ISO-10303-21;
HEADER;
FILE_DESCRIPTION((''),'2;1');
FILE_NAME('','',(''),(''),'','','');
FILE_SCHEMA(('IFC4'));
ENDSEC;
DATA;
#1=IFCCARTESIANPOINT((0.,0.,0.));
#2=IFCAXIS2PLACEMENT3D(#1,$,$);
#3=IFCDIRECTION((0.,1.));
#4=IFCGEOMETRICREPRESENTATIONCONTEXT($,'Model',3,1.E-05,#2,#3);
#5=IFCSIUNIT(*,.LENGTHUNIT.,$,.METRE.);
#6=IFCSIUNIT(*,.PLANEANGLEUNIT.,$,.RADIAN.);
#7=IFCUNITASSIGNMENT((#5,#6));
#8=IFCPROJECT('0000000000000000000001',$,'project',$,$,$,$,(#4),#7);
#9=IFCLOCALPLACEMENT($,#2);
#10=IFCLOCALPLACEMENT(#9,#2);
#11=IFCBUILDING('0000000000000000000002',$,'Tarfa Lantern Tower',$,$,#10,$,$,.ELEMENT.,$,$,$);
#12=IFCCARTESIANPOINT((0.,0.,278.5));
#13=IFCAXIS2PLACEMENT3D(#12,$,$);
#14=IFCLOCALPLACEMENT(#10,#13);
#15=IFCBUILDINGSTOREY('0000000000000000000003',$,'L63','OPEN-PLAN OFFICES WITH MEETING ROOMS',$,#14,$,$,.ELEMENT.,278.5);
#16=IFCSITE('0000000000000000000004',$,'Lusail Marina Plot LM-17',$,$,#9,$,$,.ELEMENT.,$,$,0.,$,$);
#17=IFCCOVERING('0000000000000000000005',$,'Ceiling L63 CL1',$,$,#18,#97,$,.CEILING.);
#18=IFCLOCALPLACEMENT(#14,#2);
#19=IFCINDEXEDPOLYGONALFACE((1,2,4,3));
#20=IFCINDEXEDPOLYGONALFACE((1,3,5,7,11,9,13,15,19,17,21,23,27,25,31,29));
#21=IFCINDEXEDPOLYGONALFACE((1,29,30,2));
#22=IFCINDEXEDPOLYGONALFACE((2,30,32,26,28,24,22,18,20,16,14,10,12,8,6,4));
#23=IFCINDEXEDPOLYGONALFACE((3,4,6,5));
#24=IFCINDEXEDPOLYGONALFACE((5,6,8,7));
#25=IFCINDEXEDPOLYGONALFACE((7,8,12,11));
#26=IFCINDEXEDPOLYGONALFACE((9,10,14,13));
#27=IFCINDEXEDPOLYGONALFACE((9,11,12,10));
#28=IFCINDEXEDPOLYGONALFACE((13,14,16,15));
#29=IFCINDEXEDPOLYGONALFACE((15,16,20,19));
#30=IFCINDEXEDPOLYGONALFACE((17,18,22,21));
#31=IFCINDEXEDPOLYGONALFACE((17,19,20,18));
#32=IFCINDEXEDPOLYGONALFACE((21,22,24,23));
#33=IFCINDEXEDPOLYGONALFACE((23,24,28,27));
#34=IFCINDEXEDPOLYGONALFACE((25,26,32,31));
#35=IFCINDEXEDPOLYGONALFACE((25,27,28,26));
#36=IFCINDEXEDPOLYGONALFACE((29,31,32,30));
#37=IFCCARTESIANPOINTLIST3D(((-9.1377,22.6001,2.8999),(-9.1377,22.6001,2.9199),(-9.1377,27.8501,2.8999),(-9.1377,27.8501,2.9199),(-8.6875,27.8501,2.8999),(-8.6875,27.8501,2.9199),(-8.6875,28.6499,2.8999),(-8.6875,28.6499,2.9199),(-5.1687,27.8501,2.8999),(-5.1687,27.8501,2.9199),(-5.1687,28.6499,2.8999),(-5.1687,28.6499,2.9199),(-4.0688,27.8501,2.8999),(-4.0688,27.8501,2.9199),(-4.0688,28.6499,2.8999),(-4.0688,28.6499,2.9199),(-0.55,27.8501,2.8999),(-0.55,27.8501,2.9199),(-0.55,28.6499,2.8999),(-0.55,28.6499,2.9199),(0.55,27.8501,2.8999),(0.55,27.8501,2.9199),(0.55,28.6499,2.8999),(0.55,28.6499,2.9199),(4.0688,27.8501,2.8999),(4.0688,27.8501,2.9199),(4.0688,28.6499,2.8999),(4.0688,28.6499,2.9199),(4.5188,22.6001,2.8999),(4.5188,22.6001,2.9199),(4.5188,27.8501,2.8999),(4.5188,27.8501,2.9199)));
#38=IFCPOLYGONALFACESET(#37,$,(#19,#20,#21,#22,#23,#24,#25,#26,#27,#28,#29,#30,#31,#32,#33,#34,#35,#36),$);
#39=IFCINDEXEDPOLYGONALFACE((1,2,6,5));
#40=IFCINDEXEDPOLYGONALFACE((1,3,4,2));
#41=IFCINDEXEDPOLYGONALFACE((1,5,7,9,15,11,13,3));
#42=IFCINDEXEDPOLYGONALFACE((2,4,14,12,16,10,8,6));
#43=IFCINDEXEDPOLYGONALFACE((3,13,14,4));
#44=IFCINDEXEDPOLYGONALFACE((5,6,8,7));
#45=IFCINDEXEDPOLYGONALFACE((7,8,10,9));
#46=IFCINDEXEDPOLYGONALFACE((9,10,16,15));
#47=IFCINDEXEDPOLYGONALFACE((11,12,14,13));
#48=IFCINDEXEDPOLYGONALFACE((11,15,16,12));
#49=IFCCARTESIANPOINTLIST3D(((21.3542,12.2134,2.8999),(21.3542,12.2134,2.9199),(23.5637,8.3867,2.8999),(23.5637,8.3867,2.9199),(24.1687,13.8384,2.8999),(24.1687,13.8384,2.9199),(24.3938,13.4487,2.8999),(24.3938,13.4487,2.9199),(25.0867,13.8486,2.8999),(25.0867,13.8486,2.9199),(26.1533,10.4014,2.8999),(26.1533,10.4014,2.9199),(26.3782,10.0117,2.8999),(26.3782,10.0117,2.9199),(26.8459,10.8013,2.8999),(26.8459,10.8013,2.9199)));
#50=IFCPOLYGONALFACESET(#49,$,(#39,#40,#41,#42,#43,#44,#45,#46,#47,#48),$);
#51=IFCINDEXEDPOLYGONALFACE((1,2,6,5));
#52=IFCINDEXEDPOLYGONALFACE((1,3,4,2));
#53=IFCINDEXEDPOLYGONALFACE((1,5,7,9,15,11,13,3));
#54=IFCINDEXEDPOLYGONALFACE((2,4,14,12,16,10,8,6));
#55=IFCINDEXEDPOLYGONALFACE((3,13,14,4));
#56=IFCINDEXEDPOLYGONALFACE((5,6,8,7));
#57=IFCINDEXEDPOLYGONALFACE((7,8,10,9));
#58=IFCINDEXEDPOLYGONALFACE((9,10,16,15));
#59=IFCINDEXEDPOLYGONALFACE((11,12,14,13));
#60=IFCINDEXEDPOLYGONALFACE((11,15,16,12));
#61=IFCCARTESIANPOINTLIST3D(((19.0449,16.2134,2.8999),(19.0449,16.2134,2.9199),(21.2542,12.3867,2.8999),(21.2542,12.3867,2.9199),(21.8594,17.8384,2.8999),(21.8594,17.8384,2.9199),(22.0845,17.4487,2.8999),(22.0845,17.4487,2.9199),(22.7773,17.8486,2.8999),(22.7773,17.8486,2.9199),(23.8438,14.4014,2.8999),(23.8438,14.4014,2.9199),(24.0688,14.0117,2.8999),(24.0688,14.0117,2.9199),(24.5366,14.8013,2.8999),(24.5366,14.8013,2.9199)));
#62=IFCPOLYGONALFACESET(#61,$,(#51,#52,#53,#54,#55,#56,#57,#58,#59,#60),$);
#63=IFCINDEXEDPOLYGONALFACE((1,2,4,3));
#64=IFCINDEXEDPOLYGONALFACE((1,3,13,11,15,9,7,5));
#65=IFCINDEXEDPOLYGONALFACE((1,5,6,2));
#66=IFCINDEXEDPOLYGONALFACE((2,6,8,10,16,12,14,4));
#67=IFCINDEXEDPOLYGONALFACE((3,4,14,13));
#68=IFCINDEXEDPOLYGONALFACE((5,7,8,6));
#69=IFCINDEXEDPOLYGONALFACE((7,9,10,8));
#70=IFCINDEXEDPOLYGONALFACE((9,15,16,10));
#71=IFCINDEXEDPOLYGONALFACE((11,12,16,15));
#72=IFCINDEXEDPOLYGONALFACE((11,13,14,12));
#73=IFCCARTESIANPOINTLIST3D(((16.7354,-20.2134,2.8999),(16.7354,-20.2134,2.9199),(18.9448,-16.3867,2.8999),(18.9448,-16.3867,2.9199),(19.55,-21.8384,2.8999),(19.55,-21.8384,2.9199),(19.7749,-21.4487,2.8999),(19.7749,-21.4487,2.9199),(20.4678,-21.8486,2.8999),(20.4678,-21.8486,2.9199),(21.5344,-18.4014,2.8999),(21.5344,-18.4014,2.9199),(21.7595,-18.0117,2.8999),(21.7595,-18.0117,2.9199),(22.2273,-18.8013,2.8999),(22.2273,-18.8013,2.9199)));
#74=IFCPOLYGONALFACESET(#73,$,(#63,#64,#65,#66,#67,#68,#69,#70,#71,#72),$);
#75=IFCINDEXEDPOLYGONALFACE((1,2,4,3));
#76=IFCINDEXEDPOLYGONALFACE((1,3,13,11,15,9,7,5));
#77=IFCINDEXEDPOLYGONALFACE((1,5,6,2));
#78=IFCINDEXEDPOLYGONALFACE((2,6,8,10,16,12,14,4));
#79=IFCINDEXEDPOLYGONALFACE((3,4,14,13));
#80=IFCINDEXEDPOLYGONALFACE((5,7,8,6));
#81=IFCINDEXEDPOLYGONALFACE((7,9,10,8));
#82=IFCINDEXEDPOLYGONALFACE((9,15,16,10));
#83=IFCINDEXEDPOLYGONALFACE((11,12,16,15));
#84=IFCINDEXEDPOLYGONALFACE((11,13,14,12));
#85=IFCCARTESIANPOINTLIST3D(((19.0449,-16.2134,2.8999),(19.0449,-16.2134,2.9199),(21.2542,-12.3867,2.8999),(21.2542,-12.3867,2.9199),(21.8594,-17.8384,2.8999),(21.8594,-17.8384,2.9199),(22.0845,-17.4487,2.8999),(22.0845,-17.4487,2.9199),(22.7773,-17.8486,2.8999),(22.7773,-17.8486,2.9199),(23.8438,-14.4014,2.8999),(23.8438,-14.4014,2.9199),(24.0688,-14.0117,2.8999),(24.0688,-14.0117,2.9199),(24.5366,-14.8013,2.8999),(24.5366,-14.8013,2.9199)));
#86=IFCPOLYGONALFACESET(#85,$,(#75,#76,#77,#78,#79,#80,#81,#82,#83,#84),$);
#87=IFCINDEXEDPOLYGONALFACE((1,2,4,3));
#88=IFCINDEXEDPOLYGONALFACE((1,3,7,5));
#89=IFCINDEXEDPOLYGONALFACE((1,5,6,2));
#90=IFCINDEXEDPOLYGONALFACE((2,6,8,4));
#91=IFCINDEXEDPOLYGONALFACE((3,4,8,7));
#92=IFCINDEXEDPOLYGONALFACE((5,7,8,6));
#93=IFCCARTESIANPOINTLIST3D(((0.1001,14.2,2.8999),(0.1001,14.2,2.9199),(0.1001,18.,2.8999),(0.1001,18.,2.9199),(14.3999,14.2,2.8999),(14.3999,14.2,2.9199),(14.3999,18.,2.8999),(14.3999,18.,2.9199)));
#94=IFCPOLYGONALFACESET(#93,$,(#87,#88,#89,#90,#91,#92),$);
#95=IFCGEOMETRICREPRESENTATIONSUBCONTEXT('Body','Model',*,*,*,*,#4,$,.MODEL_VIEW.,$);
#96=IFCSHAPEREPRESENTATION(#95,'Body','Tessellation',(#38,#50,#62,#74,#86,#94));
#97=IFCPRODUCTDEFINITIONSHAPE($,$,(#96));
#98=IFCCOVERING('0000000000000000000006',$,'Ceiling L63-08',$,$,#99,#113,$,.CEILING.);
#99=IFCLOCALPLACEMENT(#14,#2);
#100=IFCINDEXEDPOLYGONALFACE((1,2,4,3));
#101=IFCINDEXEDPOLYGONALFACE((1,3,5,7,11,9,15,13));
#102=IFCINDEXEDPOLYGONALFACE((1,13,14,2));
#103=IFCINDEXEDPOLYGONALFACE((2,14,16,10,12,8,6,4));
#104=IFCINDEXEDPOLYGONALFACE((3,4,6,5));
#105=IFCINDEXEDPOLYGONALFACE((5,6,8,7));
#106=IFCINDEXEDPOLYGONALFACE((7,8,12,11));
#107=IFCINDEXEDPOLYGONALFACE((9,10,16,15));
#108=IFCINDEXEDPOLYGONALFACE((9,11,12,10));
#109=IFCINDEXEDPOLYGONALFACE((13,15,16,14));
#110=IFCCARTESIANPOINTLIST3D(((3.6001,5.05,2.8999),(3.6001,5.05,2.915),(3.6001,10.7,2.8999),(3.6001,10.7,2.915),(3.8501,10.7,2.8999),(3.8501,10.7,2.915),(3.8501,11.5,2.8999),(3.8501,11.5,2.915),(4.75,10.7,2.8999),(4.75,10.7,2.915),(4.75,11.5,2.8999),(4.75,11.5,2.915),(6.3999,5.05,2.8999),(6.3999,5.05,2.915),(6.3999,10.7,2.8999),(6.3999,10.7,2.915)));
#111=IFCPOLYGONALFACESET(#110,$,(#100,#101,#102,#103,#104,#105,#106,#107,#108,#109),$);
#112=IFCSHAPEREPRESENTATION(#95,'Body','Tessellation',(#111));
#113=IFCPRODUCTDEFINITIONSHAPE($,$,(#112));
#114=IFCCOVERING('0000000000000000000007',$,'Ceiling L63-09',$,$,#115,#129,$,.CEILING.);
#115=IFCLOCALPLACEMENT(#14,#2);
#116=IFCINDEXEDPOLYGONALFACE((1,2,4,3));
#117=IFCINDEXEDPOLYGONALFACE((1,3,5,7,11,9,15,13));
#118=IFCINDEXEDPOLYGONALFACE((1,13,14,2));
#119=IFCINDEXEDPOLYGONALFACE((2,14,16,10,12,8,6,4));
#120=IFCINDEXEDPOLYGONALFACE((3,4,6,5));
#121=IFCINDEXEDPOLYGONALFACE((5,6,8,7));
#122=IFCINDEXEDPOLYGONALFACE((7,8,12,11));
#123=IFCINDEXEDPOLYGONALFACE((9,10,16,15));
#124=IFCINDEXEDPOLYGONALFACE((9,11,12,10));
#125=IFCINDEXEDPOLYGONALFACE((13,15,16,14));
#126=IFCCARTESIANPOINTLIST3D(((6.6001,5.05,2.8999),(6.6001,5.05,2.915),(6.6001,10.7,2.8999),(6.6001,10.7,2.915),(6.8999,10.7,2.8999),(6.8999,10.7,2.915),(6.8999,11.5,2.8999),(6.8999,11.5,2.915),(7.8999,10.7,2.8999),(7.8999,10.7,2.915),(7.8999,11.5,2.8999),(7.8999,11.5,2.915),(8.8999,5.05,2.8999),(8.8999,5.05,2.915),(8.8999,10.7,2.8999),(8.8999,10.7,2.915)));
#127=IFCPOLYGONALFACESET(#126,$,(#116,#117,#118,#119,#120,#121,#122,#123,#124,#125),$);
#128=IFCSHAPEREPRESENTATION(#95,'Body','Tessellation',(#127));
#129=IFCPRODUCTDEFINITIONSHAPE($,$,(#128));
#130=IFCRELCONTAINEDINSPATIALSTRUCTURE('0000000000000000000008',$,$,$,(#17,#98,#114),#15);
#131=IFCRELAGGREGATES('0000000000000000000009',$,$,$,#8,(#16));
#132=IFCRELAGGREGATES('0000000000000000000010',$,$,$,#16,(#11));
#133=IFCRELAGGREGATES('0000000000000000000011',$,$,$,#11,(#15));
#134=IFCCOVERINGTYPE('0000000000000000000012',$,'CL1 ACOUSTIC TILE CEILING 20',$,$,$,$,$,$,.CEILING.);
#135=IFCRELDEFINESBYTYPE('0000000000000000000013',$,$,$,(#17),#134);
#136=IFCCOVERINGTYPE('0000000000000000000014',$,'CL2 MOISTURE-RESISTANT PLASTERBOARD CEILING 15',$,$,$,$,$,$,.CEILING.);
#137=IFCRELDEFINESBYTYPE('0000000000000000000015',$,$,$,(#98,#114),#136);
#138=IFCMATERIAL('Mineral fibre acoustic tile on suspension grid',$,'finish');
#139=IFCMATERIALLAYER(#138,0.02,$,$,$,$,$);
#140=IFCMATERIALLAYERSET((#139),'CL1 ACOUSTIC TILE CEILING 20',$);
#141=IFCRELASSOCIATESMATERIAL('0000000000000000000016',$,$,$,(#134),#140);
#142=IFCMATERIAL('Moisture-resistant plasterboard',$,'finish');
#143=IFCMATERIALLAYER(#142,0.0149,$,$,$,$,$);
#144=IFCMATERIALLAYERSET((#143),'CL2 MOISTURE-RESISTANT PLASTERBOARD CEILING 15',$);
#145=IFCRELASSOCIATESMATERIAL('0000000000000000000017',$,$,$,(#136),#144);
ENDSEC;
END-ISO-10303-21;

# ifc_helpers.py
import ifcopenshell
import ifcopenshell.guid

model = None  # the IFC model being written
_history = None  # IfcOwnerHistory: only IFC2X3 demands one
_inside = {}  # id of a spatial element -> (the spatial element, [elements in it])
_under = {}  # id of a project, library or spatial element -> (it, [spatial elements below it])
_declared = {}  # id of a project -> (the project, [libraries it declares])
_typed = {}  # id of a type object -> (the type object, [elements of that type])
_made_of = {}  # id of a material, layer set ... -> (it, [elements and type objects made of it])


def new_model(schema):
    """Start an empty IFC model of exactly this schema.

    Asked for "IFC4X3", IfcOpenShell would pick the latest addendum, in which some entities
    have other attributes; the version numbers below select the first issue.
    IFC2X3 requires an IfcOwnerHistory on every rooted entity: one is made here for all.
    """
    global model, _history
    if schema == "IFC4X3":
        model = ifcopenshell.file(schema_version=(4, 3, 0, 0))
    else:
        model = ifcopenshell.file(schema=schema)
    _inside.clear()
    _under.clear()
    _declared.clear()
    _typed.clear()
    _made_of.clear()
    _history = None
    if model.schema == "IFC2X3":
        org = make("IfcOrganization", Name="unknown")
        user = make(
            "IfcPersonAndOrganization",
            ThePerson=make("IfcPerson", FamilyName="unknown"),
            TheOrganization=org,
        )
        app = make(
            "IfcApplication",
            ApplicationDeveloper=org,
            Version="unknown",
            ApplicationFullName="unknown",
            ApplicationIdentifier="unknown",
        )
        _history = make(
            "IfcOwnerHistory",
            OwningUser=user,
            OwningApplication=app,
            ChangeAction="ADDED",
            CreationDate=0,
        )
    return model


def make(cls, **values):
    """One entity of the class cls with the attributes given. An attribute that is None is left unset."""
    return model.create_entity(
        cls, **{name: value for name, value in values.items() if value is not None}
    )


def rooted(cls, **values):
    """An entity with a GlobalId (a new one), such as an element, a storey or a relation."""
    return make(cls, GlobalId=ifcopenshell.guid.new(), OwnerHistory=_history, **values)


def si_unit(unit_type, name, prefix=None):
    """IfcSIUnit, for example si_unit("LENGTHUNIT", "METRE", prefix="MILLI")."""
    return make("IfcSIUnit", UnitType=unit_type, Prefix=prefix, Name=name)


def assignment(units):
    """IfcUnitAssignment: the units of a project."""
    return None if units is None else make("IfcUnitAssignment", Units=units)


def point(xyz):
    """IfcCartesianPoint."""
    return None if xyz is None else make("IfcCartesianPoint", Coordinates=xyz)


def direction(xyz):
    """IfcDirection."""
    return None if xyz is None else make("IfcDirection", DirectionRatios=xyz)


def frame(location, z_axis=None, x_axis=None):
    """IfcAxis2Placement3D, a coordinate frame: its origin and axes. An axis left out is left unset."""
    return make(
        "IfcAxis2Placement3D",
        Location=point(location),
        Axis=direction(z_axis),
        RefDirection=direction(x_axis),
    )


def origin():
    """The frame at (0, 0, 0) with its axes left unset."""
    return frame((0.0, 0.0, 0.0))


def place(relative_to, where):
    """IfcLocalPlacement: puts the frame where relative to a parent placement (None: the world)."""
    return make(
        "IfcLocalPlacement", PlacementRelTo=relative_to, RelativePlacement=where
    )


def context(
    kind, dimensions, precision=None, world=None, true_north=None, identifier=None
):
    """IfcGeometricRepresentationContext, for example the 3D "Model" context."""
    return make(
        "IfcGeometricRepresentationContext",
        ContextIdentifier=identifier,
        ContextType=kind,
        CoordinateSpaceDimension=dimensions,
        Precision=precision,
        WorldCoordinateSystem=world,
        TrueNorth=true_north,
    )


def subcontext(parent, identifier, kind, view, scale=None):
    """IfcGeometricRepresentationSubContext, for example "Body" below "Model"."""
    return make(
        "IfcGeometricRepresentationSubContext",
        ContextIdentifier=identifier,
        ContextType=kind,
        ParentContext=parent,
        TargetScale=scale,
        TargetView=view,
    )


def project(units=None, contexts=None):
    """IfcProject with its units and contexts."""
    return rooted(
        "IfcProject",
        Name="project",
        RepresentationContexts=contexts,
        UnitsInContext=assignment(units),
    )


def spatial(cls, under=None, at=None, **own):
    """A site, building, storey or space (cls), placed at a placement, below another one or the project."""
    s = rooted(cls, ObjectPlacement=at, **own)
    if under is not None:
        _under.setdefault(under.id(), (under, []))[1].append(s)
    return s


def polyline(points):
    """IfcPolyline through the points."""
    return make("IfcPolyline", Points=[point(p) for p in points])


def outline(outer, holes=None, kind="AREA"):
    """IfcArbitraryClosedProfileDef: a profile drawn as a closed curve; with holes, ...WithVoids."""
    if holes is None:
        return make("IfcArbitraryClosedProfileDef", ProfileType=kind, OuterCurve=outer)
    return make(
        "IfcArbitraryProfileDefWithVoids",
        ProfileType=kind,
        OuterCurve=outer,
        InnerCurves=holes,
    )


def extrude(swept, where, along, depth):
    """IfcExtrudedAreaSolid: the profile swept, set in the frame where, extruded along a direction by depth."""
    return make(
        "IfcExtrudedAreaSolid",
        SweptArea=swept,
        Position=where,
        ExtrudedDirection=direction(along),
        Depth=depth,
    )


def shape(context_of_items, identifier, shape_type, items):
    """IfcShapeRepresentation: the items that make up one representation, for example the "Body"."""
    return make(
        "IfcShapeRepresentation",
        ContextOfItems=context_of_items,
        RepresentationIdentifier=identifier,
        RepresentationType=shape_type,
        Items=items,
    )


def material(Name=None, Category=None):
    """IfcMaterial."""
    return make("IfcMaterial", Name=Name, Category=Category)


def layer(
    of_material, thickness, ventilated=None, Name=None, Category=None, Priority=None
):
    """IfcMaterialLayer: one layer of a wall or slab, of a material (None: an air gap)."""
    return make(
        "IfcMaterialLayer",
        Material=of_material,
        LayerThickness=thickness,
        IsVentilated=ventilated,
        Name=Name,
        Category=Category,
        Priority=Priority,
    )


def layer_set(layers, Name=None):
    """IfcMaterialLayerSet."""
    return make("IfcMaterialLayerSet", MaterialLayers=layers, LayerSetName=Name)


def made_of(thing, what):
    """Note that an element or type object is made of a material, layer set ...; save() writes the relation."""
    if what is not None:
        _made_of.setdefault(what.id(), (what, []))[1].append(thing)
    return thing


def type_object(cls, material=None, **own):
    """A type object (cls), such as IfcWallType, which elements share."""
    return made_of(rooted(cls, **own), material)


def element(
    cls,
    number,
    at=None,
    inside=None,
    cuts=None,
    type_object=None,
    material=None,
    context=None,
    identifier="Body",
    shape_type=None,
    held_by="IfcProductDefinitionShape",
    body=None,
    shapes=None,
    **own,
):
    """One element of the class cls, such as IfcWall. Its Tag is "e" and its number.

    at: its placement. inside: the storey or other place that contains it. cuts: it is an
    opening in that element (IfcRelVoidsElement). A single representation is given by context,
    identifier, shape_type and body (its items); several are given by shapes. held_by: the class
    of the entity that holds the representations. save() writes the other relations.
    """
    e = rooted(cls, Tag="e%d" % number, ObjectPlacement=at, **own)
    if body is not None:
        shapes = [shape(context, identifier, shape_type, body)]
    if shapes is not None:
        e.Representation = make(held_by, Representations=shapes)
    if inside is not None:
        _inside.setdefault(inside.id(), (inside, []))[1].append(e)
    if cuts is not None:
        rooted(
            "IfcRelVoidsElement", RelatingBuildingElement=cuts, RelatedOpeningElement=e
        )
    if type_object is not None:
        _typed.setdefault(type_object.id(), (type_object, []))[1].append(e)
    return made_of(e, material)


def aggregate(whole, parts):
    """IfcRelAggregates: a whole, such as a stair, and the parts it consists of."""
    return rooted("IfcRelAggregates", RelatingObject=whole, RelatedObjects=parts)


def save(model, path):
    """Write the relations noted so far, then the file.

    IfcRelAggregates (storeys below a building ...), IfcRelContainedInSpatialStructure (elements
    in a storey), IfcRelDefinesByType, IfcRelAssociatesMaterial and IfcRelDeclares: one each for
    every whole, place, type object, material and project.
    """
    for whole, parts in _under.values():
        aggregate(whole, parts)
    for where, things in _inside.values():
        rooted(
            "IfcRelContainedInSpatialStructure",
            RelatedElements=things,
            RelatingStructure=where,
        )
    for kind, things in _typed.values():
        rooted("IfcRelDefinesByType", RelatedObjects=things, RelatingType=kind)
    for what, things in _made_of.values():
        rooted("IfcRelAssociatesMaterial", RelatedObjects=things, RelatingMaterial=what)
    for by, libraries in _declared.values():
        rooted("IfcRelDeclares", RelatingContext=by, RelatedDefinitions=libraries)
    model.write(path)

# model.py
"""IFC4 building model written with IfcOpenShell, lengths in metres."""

from ifc_helpers import new_model, si_unit, direction, frame, origin, place, context, subcontext, project, spatial, polyline, outline, extrude, material, layer, layer_set, type_object, element, save


model = new_model("IFC4")

# Units and contexts
model_context = context("Model", 3, precision=1e-05, world=origin(), true_north=direction((0.0, 1.0)))
body_context = subcontext(model_context, "Body", "Model", "MODEL_VIEW")
ifc_project = project(units=[si_unit("LENGTHUNIT", "METRE"), si_unit("PLANEANGLEUNIT", "RADIAN")], contexts=[model_context])

# Site, building, storey
site_placement = place(None, origin())
site = spatial("IfcSite", under=ifc_project, at=site_placement, Name="Lusail Marina Plot LM-17", CompositionType="ELEMENT", RefElevation=0.0)
building_placement = place(site_placement, origin())
building = spatial("IfcBuilding", under=site, at=building_placement, Name="Tarfa Lantern Tower", CompositionType="ELEMENT")
storey_placement = place(building_placement, frame((0.0, 0.0, 278.5)))
storey = spatial("IfcBuildingStorey", under=building, at=storey_placement, Name="L63", Description="OPEN-PLAN OFFICES WITH MEETING ROOMS", CompositionType="ELEMENT", Elevation=278.5)

# Coverings
ifc_material_1 = material(Name="Mineral fibre acoustic tile on suspension grid", Category="finish")
ifc_layer_1 = layer(ifc_material_1, 0.02)
ifc_layer_set_1 = layer_set([ifc_layer_1], Name="CL1 ACOUSTIC TILE CEILING 20")
covering_type_1 = type_object("IfcCoveringType", Name="CL1 ACOUSTIC TILE CEILING 20", PredefinedType="CEILING", material=ifc_layer_set_1)
covering_1_placement = place(storey_placement, frame((0.0, 0.0, 2.8999)))
element("IfcCovering", 1, at=covering_1_placement, inside=storey, type_object=covering_type_1, Name="Ceiling L63 CL1", PredefinedType="CEILING", context=body_context, shape_type="SweptSolid", body=[
    extrude(outline(polyline([(4.5188, 22.6001), (-9.1377, 22.6001), (-9.1377, 27.8501), (-8.6875, 27.8501), (-8.6875, 28.6499), (-5.1687, 28.6499), (-5.1687, 27.8501), (-4.0688, 27.8501), (-4.0688, 28.6499), (-0.55, 28.6499), (-0.55, 27.8501), (0.55, 27.8501), (0.55, 28.6499), (4.0688, 28.6499), (4.0688, 27.8501), (4.5188, 27.8501), (4.5188, 22.6001)])), origin(), (0.0, 0.0, 1.0), 0.02),
    extrude(outline(polyline([(21.3542, 12.2134), (24.1687, 13.8384), (24.3938, 13.4487), (25.0867, 13.8486), (26.8459, 10.8013), (26.1533, 10.4014), (26.3782, 10.0117), (23.5637, 8.3867), (21.3542, 12.2134)])), origin(), (0.0, 0.0, 1.0), 0.02),
    extrude(outline(polyline([(19.0449, 16.2134), (21.8594, 17.8384), (22.0845, 17.4487), (22.7773, 17.8486), (24.5366, 14.8013), (23.8438, 14.4014), (24.0688, 14.0117), (21.2542, 12.3867), (19.0449, 16.2134)])), origin(), (0.0, 0.0, 1.0), 0.02),
    extrude(outline(polyline([(18.9448, -16.3867), (21.7595, -18.0117), (21.5344, -18.4014), (22.2273, -18.8013), (20.4678, -21.8486), (19.7749, -21.4487), (19.55, -21.8384), (16.7354, -20.2134), (18.9448, -16.3867)])), origin(), (0.0, 0.0, 1.0), 0.02),
    extrude(outline(polyline([(21.2542, -12.3867), (24.0688, -14.0117), (23.8438, -14.4014), (24.5366, -14.8013), (22.7773, -17.8486), (22.0845, -17.4487), (21.8594, -17.8384), (19.0449, -16.2134), (21.2542, -12.3867)])), origin(), (0.0, 0.0, 1.0), 0.02),
    extrude(outline(polyline([(0.1001, 18.0), (14.3999, 18.0), (14.3999, 14.2), (0.1001, 14.2), (0.1001, 18.0)])), origin(), (0.0, 0.0, 1.0), 0.02),
])
ifc_material_2 = material(Name="Moisture-resistant plasterboard", Category="finish")
ifc_layer_2 = layer(ifc_material_2, 0.0149)
ifc_layer_set_2 = layer_set([ifc_layer_2], Name="CL2 MOISTURE-RESISTANT PLASTERBOARD CEILING 15")
covering_type_2 = type_object("IfcCoveringType", Name="CL2 MOISTURE-RESISTANT PLASTERBOARD CEILING 15", PredefinedType="CEILING", material=ifc_layer_set_2)
covering_2_placement = place(storey_placement, frame((0.0, 0.0, 2.8999)))
element("IfcCovering", 2, at=covering_2_placement, inside=storey, type_object=covering_type_2, Name="Ceiling L63-08", PredefinedType="CEILING", context=body_context, shape_type="SweptSolid", body=[
    extrude(outline(polyline([(3.6001, 5.05), (6.3999, 5.05), (6.3999, 10.7), (4.75, 10.7), (4.75, 11.5), (3.8501, 11.5), (3.8501, 10.7), (3.6001, 10.7), (3.6001, 5.05)])), origin(), (0.0, 0.0, 1.0), 0.0151),
])
covering_3_placement = place(storey_placement, frame((0.0, 0.0, 2.8999)))
element("IfcCovering", 3, at=covering_3_placement, inside=storey, type_object=covering_type_2, Name="Ceiling L63-09", PredefinedType="CEILING", context=body_context, shape_type="SweptSolid", body=[
    extrude(outline(polyline([(6.6001, 5.05), (8.8999, 5.05), (8.8999, 10.7), (7.8999, 10.7), (7.8999, 11.5), (6.8999, 11.5), (6.8999, 10.7), (6.6001, 10.7), (6.6001, 5.05)])), origin(), (0.0, 0.0, 1.0), 0.0151),
])

save(model, "model.ifc")
